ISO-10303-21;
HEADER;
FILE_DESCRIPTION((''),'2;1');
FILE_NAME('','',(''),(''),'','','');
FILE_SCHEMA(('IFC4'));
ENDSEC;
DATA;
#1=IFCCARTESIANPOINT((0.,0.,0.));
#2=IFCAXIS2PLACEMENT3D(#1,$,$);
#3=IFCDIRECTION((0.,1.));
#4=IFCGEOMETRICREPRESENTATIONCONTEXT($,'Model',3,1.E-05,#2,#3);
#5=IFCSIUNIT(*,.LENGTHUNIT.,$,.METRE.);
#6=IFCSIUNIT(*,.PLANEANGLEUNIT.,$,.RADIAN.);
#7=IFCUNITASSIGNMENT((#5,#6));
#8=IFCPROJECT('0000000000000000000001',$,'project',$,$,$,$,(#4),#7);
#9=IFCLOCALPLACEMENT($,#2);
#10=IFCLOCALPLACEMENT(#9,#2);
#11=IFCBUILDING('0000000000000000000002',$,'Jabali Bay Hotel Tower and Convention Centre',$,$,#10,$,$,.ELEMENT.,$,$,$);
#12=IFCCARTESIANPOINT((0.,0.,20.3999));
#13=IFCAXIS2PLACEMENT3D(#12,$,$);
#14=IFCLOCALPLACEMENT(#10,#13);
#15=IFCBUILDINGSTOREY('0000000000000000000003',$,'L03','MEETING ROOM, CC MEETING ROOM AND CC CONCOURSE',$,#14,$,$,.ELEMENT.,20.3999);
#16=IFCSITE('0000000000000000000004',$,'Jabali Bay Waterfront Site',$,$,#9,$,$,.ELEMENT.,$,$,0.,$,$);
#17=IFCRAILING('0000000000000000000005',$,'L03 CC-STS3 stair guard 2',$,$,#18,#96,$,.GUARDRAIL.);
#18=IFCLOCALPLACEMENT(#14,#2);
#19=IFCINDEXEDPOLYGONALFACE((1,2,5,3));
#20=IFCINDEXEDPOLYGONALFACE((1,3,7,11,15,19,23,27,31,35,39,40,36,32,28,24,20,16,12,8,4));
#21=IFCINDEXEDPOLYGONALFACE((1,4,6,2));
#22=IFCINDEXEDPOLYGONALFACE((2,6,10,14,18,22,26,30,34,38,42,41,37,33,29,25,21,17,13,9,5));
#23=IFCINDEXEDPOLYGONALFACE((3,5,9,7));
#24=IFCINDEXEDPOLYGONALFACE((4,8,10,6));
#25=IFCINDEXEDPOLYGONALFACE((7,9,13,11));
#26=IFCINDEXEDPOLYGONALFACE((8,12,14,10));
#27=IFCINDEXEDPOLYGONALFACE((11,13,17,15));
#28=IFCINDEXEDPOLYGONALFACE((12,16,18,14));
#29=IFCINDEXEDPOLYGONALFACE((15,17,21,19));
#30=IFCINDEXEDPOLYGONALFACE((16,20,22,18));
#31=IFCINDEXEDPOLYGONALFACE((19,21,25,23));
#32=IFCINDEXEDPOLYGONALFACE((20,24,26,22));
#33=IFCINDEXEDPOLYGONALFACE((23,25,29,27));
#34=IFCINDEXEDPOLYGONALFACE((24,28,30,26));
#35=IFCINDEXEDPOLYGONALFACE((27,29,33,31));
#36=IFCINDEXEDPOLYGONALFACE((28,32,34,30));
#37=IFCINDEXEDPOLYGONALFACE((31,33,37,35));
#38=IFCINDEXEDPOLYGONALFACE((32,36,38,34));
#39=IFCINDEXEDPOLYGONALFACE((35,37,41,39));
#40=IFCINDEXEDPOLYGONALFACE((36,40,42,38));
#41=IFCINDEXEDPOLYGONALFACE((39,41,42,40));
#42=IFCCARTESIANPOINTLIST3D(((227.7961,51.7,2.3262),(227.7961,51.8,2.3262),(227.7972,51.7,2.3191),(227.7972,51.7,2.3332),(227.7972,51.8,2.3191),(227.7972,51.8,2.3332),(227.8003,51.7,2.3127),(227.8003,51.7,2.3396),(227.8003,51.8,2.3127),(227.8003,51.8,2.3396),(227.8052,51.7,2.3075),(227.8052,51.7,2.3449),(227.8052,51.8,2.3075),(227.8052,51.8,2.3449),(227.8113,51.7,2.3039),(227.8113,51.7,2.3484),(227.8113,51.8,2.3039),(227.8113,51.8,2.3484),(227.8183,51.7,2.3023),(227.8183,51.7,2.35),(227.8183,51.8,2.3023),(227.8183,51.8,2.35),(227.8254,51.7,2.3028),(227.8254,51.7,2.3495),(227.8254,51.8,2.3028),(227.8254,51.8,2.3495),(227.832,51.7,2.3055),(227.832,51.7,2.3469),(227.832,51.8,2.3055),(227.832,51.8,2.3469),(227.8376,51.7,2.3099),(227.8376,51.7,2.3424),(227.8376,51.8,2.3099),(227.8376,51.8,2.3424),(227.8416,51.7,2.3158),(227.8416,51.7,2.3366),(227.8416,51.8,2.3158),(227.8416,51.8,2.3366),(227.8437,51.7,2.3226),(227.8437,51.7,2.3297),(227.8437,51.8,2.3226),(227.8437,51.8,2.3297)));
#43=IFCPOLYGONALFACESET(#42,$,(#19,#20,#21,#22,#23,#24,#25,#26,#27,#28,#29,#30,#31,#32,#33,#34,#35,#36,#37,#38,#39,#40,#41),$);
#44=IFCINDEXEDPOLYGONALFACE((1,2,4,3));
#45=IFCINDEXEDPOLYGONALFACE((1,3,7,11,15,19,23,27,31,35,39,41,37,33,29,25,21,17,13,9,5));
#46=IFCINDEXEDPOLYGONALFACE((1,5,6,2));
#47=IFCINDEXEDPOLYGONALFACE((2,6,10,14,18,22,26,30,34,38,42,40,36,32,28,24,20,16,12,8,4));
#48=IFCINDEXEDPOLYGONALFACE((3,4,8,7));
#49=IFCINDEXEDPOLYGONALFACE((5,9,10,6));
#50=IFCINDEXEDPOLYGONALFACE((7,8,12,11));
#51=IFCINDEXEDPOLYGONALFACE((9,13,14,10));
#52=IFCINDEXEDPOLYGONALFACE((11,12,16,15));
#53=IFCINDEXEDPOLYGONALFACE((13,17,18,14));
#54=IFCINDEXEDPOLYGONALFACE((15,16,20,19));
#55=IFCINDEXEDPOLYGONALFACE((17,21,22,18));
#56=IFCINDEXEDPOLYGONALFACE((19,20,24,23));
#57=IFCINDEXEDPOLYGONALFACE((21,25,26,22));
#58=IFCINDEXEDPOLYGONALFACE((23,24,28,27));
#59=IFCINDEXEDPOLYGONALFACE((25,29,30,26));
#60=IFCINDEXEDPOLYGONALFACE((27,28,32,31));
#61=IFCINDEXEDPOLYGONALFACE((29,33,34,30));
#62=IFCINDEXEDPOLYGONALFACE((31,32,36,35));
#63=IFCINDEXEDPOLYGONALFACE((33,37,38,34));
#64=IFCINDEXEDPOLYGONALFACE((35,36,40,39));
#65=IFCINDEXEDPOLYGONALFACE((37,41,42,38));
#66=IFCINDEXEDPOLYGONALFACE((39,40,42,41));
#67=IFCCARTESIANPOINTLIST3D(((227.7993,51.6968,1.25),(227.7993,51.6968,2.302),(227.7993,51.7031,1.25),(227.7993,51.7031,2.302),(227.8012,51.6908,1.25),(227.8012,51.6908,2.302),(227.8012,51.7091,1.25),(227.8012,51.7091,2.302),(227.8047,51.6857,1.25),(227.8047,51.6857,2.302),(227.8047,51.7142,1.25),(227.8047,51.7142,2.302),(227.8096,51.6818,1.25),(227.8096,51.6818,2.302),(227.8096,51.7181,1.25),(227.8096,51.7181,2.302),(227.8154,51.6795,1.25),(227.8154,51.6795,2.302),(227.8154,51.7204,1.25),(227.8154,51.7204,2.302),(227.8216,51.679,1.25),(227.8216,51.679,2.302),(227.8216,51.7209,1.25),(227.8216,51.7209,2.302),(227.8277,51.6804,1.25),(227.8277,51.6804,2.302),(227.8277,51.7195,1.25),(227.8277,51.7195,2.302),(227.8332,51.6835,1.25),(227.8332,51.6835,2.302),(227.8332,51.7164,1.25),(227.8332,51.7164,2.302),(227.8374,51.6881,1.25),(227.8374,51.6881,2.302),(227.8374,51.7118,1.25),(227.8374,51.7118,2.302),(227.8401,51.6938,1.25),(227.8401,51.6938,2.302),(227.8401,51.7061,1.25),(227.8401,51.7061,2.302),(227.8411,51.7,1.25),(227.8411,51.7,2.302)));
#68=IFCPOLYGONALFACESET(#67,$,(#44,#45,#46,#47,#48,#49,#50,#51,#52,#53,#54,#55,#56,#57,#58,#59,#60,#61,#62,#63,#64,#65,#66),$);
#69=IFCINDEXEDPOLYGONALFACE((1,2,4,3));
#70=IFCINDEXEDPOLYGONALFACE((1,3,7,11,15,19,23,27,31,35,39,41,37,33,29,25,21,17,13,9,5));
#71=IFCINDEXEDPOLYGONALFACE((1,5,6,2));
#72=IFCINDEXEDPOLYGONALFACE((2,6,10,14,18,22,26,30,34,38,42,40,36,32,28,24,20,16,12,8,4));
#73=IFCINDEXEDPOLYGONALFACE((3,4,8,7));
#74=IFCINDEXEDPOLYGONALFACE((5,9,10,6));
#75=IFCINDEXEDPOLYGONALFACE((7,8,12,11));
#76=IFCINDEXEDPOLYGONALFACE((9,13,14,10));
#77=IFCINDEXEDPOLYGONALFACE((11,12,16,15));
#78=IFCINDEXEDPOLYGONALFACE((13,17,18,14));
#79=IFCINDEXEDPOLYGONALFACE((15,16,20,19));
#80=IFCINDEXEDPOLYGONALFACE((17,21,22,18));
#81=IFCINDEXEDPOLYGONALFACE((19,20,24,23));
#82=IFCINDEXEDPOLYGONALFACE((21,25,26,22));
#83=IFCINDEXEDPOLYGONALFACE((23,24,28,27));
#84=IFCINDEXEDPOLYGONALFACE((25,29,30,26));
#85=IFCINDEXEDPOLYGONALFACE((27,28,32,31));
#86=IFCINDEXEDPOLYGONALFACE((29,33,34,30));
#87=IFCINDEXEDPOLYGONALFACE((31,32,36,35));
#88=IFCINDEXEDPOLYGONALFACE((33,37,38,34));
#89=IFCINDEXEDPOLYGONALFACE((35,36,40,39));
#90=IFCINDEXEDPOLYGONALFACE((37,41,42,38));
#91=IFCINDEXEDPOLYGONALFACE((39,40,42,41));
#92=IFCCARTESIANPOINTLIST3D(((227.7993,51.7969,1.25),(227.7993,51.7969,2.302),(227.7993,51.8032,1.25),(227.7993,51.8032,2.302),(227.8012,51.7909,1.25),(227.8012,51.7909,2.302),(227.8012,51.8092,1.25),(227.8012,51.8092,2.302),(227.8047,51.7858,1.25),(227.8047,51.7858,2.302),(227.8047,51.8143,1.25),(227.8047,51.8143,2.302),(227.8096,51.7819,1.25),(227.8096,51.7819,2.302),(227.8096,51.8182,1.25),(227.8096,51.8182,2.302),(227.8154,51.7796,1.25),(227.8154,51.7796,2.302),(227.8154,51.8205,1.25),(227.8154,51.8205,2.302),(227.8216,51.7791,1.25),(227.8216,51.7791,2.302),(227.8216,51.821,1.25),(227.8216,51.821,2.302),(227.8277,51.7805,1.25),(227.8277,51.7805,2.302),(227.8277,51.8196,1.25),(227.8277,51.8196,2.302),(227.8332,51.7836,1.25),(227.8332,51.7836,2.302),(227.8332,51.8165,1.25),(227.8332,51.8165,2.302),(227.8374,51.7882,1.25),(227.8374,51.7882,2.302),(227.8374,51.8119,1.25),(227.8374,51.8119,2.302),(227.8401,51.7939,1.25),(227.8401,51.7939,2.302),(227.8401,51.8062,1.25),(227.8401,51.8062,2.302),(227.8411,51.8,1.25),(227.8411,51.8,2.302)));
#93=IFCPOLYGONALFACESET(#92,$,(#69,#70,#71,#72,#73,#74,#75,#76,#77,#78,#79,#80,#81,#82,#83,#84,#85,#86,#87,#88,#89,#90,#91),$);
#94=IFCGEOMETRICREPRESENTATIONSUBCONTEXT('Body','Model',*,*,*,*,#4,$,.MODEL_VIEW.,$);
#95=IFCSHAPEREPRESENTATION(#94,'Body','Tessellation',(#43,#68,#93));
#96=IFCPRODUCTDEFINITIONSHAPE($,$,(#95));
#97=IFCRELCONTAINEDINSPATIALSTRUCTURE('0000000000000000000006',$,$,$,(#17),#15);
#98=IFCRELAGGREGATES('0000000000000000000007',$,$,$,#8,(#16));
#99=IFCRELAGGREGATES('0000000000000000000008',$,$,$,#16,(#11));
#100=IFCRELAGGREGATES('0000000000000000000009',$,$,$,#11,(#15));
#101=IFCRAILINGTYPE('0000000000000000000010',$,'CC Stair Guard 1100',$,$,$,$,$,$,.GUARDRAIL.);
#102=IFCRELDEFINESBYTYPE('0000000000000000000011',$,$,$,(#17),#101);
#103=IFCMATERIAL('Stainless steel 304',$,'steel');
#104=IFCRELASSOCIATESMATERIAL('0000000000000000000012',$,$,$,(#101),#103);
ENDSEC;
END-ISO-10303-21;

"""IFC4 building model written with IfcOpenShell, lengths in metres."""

from ifc_helpers import new_model, si_unit, direction, frame, origin, origin_2d, place, context, subcontext, project, spatial, circle, extrude, material, type_object, element, save


model = new_model("IFC4")

# Units and contexts
model_context = context("Model", 3, precision=1e-05, world=origin(), true_north=direction((0.0, 1.0)))
body_context = subcontext(model_context, "Body", "Model", "MODEL_VIEW")
ifc_project = project(units=[si_unit("LENGTHUNIT", "METRE"), si_unit("PLANEANGLEUNIT", "RADIAN")], contexts=[model_context])

# Site, building, storey
site_placement = place(None, origin())
site = spatial("IfcSite", under=ifc_project, at=site_placement, Name="Jabali Bay Waterfront Site", CompositionType="ELEMENT", RefElevation=0.0)
building_placement = place(site_placement, origin())
building = spatial("IfcBuilding", under=site, at=building_placement, Name="Jabali Bay Hotel Tower and Convention Centre", CompositionType="ELEMENT")
storey_placement = place(building_placement, frame((0.0, 0.0, 20.3999)))
storey = spatial("IfcBuildingStorey", under=building, at=storey_placement, Name="L03", Description="MEETING ROOM, CC MEETING ROOM AND CC CONCOURSE", CompositionType="ELEMENT", Elevation=20.3999)

# Railing
ifc_material_1 = material(Name="Stainless steel 304", Category="steel")
railing_type_1 = type_object("IfcRailingType", Name="CC Stair Guard 1100", PredefinedType="GUARDRAIL", material=ifc_material_1)
railing_1_placement = place(storey_placement, frame((227.8201, 51.7, 1.25)))
element("IfcRailing", 1, at=railing_1_placement, inside=storey, type_object=railing_type_1, Name="L03 CC-STS3 stair guard 2", PredefinedType="GUARDRAIL", context=body_context, shape_type="SweptSolid", body=[
    extrude(circle(Radius=0.0239, at=origin_2d()), frame((0.0, 0.0, 1.0762), z_axis=(0.0, 1.0, 0.0), x_axis=(-1.0, 0.0, 0.0)), (0.0, 0.0, 1.0), 0.1001),
    extrude(circle(Radius=0.021, at=origin_2d()), origin(), (0.0, 0.0, 1.0), 1.052),
    extrude(circle(Radius=0.021, at=origin_2d()), frame((0.0, 0.1001, 0.0)), (0.0, 0.0, 1.0), 1.052),
])

save(model, "model.ifc")
